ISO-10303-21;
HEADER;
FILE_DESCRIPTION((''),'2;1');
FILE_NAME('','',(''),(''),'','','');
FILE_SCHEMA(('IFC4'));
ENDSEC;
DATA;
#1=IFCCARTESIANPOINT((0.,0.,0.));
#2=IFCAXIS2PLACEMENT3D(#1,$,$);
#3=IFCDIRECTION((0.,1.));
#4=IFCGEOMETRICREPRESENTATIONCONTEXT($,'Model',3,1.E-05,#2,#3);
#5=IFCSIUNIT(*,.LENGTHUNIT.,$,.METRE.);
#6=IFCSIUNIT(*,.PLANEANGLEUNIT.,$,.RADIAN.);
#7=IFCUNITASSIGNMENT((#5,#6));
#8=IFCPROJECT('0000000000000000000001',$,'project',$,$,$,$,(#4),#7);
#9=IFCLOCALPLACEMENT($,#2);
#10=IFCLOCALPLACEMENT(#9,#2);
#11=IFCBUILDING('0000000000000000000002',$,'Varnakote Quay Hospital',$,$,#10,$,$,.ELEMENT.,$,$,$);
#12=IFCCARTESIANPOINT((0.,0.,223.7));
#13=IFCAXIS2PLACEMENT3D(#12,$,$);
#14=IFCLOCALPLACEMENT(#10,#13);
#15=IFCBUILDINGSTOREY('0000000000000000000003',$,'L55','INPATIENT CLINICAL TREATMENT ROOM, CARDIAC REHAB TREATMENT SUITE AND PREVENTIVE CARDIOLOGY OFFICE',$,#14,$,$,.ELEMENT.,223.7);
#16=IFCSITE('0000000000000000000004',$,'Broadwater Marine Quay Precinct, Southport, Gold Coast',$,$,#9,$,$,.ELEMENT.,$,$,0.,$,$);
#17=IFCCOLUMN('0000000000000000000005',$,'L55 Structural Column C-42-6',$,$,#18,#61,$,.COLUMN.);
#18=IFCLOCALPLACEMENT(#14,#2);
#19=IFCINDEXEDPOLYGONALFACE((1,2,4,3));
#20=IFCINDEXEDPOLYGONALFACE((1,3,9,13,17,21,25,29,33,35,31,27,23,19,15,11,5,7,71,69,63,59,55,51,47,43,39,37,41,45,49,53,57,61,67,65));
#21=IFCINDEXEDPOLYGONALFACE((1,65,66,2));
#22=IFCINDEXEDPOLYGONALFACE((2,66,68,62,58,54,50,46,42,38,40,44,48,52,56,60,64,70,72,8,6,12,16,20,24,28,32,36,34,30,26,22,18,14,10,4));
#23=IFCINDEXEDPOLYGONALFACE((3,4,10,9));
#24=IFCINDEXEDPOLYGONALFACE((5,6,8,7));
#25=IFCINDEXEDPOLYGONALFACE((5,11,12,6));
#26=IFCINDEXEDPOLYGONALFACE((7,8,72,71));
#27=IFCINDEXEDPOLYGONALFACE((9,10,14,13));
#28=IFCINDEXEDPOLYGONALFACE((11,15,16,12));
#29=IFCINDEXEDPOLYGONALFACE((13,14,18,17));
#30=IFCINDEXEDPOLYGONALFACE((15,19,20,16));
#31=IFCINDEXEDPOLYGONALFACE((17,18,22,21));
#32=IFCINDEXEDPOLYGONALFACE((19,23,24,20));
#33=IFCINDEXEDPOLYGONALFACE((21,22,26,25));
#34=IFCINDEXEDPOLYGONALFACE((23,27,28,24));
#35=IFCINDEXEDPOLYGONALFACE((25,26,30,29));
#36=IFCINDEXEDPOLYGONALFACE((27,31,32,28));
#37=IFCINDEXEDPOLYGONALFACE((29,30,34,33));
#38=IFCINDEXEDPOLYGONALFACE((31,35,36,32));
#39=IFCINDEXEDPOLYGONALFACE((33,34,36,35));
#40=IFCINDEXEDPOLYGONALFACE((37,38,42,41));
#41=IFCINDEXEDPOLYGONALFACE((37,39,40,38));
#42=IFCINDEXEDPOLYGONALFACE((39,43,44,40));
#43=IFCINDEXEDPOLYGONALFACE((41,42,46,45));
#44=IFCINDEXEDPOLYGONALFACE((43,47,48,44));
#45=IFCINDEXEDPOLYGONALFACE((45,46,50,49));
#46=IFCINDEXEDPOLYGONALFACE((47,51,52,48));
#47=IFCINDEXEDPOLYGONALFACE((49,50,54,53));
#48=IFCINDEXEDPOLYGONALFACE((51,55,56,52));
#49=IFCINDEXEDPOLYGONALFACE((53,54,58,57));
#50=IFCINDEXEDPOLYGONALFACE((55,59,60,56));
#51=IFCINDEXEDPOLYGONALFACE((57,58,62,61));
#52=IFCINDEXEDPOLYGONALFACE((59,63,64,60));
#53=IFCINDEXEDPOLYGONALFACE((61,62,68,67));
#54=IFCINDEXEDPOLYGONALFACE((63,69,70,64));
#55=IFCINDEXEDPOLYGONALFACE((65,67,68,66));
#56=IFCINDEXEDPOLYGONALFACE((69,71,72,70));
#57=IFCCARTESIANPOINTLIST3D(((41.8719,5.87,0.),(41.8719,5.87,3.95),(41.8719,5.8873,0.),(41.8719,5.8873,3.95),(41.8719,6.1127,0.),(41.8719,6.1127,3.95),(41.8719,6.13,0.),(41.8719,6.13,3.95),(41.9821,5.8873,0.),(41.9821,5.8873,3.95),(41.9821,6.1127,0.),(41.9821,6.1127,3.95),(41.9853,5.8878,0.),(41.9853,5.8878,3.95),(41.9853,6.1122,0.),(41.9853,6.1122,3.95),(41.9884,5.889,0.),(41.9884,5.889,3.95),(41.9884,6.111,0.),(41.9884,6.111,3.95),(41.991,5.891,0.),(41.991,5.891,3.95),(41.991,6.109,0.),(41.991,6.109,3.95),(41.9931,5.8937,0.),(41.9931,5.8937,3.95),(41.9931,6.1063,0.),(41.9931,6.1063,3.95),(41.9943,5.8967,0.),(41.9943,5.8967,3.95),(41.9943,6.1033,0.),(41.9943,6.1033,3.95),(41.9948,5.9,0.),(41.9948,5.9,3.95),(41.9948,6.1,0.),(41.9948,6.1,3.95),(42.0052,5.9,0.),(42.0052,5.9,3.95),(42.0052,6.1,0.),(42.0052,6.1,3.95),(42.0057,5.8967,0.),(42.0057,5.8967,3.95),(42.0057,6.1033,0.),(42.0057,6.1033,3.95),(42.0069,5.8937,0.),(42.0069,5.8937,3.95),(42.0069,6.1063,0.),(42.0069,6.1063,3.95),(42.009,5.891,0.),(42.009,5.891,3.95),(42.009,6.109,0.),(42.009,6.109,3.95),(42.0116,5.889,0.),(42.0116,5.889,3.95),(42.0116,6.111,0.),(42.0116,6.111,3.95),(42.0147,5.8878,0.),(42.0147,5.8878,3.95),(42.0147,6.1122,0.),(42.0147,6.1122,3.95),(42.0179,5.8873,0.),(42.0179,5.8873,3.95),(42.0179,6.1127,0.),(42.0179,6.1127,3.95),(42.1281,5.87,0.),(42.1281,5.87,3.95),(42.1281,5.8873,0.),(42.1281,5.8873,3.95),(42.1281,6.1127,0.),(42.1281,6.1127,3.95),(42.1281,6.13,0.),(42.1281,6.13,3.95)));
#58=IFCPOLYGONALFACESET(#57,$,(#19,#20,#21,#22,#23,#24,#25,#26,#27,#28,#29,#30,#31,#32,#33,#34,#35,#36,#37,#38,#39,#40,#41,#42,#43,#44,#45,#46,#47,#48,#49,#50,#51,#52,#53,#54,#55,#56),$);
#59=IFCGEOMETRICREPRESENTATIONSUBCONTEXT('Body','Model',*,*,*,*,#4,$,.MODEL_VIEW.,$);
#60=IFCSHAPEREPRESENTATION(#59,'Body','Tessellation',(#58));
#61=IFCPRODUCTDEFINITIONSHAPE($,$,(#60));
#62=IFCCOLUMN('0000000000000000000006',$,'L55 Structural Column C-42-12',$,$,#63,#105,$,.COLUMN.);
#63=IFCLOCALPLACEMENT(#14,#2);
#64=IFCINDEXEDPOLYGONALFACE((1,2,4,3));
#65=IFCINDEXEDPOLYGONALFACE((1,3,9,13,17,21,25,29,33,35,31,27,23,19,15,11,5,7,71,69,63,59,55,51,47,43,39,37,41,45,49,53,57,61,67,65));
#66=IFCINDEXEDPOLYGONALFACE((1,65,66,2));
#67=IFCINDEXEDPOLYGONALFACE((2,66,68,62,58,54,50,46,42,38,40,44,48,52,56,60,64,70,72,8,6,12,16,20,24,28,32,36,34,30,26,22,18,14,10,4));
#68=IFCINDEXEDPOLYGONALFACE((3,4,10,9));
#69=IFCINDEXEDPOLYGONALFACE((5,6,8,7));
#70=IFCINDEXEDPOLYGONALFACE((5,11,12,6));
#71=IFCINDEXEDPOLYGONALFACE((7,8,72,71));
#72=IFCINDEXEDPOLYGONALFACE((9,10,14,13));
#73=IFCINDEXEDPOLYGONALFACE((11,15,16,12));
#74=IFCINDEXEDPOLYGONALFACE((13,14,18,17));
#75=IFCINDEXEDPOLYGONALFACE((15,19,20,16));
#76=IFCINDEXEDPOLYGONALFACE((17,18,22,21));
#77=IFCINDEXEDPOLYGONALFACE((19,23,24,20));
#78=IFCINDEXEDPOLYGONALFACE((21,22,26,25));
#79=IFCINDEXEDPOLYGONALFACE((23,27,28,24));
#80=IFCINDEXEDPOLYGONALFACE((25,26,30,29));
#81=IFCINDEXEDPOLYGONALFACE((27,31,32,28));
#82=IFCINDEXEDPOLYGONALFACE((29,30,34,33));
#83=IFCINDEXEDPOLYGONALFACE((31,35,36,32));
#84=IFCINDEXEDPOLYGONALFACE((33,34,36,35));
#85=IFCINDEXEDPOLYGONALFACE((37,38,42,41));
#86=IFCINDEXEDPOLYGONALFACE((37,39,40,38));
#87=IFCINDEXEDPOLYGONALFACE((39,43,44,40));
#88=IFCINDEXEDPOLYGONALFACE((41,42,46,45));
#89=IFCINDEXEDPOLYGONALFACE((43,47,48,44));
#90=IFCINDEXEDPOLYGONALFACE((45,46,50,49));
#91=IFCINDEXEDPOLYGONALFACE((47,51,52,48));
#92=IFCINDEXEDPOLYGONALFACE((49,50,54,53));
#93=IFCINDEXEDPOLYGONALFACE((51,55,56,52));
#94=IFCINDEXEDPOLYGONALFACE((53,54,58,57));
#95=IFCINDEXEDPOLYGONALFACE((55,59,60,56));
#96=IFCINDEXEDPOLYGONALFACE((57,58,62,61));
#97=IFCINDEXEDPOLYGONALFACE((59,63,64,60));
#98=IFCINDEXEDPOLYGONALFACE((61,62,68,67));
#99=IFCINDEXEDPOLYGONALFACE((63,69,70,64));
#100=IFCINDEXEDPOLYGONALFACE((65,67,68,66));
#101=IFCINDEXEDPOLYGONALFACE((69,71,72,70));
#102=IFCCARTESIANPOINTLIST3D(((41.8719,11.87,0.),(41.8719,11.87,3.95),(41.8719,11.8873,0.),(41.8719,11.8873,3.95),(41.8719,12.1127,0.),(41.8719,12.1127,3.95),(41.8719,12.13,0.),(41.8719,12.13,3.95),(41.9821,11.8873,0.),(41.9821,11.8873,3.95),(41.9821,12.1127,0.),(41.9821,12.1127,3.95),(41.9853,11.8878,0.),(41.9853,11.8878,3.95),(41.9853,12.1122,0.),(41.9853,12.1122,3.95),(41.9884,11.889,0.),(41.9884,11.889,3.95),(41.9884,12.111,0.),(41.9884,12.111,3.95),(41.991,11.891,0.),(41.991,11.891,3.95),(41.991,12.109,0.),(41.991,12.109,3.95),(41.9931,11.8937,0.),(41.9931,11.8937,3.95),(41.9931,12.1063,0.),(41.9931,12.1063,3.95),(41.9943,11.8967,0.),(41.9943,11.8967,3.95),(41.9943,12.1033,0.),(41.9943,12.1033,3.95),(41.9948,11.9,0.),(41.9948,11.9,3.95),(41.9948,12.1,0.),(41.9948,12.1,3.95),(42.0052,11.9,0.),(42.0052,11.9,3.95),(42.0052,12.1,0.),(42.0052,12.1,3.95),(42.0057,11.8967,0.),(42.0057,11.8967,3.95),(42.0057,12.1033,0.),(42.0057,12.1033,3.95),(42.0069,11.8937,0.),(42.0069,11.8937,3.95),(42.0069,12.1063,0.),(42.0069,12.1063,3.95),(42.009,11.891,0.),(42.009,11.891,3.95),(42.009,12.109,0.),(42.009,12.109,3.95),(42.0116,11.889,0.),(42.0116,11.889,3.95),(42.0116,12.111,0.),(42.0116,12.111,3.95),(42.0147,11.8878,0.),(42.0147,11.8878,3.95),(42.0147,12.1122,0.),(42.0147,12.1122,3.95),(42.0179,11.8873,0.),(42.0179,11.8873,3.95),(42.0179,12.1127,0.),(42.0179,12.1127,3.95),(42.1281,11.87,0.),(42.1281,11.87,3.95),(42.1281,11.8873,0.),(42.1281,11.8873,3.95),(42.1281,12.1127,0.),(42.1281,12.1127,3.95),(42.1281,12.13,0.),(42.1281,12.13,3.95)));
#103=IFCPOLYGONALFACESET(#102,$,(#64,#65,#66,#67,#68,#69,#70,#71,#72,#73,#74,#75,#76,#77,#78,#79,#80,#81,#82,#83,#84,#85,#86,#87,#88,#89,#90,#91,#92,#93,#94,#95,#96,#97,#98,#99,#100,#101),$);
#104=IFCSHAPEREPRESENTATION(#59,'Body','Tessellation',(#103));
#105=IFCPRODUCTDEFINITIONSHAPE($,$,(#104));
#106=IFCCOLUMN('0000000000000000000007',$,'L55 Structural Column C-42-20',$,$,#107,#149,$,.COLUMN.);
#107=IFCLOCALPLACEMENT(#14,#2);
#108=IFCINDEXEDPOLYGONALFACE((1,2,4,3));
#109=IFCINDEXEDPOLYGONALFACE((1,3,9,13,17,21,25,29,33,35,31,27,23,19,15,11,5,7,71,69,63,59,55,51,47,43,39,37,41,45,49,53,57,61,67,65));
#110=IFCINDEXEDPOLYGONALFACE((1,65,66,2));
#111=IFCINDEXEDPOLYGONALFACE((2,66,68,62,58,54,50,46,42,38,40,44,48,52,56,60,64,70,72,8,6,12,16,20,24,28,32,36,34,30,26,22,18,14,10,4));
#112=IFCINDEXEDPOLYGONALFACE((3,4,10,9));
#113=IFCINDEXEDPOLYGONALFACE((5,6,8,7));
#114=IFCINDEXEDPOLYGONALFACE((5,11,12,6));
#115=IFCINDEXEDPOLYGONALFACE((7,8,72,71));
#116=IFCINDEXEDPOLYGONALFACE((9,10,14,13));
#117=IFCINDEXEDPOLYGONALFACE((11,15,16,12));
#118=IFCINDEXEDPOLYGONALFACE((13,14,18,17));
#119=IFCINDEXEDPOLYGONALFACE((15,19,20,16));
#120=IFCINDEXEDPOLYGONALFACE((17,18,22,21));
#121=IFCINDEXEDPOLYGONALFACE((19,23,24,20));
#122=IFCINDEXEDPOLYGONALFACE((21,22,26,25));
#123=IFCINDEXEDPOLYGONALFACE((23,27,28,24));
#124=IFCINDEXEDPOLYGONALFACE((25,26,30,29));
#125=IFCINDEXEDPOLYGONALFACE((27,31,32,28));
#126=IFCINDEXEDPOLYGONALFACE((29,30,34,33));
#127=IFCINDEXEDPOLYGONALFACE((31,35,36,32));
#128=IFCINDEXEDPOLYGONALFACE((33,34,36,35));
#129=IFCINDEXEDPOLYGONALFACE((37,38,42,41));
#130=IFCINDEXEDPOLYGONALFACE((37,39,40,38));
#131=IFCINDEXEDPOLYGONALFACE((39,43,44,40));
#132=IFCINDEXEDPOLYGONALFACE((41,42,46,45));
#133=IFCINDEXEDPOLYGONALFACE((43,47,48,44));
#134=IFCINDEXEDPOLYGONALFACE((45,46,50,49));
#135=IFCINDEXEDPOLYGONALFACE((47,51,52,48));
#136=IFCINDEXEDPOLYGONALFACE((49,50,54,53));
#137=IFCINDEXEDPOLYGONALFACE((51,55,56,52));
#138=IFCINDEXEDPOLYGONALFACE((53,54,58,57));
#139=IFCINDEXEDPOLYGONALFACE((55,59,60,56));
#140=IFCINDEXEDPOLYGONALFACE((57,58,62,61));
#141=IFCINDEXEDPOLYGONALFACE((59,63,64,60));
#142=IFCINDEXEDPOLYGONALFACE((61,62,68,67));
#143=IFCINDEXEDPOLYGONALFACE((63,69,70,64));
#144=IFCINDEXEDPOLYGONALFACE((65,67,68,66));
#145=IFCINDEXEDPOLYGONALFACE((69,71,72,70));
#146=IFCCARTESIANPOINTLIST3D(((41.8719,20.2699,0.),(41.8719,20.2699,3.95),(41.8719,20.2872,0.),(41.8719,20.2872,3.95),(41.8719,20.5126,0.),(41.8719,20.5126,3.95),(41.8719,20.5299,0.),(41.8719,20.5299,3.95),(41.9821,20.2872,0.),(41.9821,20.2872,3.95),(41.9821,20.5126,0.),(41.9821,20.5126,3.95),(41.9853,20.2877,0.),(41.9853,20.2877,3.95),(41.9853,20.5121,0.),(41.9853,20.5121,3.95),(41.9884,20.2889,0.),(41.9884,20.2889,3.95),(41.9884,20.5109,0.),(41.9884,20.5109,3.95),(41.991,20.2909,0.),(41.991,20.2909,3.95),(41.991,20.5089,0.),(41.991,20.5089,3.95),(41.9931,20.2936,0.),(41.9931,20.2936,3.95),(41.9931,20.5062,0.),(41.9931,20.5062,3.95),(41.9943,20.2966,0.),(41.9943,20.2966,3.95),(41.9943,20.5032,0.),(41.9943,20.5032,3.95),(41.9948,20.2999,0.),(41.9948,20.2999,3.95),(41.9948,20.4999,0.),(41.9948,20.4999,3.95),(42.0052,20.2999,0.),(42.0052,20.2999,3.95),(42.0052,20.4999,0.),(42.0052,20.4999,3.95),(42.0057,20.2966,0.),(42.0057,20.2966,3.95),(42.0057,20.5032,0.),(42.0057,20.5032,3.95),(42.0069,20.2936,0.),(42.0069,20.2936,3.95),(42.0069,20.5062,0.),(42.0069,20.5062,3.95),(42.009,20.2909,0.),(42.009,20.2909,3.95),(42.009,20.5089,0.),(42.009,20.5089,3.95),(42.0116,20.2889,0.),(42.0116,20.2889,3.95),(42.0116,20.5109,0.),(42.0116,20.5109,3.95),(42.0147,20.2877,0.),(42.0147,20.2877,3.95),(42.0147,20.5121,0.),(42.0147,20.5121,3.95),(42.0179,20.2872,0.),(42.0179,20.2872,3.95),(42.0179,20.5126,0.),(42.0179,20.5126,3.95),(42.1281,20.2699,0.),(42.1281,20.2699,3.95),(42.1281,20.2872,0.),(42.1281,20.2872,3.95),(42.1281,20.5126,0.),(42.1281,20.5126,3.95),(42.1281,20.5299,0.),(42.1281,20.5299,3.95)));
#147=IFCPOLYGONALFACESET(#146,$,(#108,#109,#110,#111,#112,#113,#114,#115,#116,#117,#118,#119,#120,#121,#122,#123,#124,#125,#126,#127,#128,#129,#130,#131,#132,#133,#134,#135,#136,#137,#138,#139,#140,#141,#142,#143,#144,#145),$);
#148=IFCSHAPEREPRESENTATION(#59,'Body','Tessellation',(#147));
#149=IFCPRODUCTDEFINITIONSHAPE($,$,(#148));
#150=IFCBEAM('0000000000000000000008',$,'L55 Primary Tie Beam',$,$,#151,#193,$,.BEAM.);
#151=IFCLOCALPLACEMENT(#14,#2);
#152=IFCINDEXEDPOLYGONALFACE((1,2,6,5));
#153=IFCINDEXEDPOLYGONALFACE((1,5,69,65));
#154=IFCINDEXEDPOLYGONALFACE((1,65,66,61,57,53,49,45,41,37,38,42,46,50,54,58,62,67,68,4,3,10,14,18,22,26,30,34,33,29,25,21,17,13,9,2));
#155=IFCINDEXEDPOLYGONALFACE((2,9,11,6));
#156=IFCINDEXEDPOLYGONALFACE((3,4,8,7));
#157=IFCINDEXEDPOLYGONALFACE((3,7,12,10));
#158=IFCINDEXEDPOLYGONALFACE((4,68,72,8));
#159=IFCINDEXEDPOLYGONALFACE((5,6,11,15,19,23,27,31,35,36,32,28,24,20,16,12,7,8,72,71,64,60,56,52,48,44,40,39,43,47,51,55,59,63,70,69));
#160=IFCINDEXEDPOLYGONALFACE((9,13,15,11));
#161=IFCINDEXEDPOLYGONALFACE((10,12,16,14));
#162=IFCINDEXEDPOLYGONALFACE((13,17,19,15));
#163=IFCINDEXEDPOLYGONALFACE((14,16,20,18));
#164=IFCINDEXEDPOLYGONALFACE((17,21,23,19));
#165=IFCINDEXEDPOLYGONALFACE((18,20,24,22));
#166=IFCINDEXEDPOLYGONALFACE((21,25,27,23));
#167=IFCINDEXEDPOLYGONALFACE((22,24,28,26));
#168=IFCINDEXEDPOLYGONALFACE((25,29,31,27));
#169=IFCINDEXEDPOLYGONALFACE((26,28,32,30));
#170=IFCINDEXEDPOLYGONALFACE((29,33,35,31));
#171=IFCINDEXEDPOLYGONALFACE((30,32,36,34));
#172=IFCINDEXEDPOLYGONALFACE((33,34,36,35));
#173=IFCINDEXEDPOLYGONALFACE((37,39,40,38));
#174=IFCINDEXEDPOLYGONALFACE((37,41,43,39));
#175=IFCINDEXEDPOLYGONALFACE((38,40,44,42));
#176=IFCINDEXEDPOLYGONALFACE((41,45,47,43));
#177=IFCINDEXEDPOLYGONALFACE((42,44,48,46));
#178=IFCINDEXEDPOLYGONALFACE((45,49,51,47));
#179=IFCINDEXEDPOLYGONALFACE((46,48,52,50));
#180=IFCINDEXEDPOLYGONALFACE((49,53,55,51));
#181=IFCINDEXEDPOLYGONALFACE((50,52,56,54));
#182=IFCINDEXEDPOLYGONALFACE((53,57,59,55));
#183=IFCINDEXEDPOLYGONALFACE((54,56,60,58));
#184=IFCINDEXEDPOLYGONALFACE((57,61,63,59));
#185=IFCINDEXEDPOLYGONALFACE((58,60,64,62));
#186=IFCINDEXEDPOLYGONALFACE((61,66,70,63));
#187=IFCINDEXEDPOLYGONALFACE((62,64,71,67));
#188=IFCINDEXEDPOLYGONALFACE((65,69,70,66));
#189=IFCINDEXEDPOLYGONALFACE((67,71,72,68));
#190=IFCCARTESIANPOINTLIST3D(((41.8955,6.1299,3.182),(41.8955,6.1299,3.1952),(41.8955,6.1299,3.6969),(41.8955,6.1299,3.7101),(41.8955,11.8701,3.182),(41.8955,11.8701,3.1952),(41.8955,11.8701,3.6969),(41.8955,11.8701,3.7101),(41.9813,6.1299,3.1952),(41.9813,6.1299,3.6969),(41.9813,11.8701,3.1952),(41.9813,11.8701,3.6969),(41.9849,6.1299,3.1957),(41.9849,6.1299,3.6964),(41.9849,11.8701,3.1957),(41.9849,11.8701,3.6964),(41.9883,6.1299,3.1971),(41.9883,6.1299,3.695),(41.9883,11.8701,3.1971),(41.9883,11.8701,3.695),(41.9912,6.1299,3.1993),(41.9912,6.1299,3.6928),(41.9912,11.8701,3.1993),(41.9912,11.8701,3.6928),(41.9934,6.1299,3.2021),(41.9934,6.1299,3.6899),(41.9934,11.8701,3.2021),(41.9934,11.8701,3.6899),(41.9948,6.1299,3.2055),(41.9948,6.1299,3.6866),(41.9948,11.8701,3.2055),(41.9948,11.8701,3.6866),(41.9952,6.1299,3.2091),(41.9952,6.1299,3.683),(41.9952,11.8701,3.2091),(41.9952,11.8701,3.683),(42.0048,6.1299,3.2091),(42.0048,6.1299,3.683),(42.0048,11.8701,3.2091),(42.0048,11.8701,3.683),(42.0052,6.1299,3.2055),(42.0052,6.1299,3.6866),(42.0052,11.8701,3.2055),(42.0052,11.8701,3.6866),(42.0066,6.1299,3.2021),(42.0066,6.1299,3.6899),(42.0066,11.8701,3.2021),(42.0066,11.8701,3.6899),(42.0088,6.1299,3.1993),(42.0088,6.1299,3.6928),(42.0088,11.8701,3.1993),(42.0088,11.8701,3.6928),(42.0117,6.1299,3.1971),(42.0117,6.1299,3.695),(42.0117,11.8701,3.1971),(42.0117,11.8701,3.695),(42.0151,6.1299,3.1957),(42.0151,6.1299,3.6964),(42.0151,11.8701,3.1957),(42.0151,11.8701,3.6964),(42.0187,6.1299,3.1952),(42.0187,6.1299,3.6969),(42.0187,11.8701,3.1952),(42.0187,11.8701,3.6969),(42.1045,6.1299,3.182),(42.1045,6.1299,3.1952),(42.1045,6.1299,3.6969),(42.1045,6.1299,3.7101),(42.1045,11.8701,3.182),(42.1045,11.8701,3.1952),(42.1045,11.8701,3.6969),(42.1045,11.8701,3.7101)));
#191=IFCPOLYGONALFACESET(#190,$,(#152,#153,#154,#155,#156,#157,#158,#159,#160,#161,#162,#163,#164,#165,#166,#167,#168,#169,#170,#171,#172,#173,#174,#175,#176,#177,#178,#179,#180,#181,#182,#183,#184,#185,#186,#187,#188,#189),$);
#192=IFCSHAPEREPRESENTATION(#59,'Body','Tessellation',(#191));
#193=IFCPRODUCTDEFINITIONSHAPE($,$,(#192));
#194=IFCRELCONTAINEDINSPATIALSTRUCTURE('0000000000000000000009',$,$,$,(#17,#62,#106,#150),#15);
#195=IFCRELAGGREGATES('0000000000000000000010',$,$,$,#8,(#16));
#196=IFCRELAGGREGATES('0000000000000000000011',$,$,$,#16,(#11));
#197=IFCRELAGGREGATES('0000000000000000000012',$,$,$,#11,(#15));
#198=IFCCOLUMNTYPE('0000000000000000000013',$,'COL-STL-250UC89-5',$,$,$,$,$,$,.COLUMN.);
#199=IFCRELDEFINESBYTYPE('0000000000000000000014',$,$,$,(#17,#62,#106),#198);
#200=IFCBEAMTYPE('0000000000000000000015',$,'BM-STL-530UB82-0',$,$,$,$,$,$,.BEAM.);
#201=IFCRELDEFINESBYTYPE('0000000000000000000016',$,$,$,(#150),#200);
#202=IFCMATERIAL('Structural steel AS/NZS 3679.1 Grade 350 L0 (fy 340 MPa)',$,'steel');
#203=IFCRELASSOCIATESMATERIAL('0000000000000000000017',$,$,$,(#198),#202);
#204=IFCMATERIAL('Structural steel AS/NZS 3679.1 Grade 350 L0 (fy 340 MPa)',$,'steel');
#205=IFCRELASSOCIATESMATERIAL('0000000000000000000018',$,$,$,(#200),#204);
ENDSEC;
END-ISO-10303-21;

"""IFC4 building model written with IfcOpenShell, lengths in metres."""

from ifc_helpers import new_model, si_unit, direction, frame, origin, origin_2d, place, context, subcontext, project, spatial, i_section, extrude, material, material_profile, profile_set, type_object, element, save


model = new_model("IFC4")

# Units and contexts
model_context = context("Model", 3, precision=1e-05, world=origin(), true_north=direction((0.0, 1.0)))
body_context = subcontext(model_context, "Body", "Model", "MODEL_VIEW")
ifc_project = project(units=[si_unit("LENGTHUNIT", "METRE"), si_unit("PLANEANGLEUNIT", "RADIAN")], contexts=[model_context])

# Site, building, storey
site_placement = place(None, origin())
site = spatial("IfcSite", under=ifc_project, at=site_placement, Name="Broadwater Marine Quay Precinct, Southport, Gold Coast", CompositionType="ELEMENT", RefElevation=0.0)
building_placement = place(site_placement, origin())
building = spatial("IfcBuilding", under=site, at=building_placement, Name="Varnakote Quay Hospital", CompositionType="ELEMENT")
storey_placement = place(building_placement, frame((0.0, 0.0, 223.7)))
storey = spatial("IfcBuildingStorey", under=building, at=storey_placement, Name="L55", Description="INPATIENT CLINICAL TREATMENT ROOM, CARDIAC REHAB TREATMENT SUITE AND PREVENTIVE CARDIOLOGY OFFICE", CompositionType="ELEMENT", Elevation=223.7)

# Columns
ifc_material_1 = material(Name="Structural steel AS/NZS 3679.1 Grade 350 L0 (fy 340 MPa)", Category="steel")
ifc_material_profile_1 = material_profile(ifc_material_1, i_section(OverallWidth=0.2561, OverallDepth=0.26, WebThickness=0.0105, FlangeThickness=0.0173, FilletRadius=0.0127, at=origin_2d()), Name="250UC89.5")
ifc_profile_set_1 = profile_set([ifc_material_profile_1], Name="Structural steel AS/NZS 3679.1 Grade 350 L0 (fy 340 MPa)")
column_type = type_object("IfcColumnType", Name="COL-STL-250UC89-5", PredefinedType="COLUMN", material=ifc_profile_set_1)
for number, where, z_axis, x_axis, name in (
    (1, (42.0, 6.0, 0.0), (0.0, 0.0, 1.0), (1.0, 0.0, 0.0), "L55 Structural Column C-42-6"),
    (2, (42.0, 12.0, 0.0), (0.0, 0.0, 1.0), (1.0, 0.0, 0.0), "L55 Structural Column C-42-12"),
    (3, (42.0, 20.3999, 0.0), (0.0, 0.0, 1.0), (1.0, 0.0, 0.0), "L55 Structural Column C-42-20"),
):
    element("IfcColumn", number, at=place(storey_placement, frame(where, z_axis=z_axis, x_axis=x_axis)), inside=storey, type_object=column_type, Name=name, PredefinedType="COLUMN", context=body_context, shape_type="SweptSolid", body=[
        extrude(i_section(OverallWidth=0.2561, OverallDepth=0.26, WebThickness=0.0105, FlangeThickness=0.0173, FilletRadius=0.0127, at=origin_2d()), origin(), (0.0, 0.0, 1.0), 3.95),
    ])

# Beam
ifc_material_2 = material(Name="Structural steel AS/NZS 3679.1 Grade 350 L0 (fy 340 MPa)", Category="steel")
ifc_material_profile_2 = material_profile(ifc_material_2, i_section(OverallWidth=0.209, OverallDepth=0.5281, WebThickness=0.0095, FlangeThickness=0.0132, FilletRadius=0.0139, at=origin_2d()), Name="530UB82.0")
ifc_profile_set_2 = profile_set([ifc_material_profile_2], Name="Structural steel AS/NZS 3679.1 Grade 350 L0 (fy 340 MPa)")
beam_type_1 = type_object("IfcBeamType", Name="BM-STL-530UB82-0", PredefinedType="BEAM", material=ifc_profile_set_2)
beam_1_placement = place(storey_placement, frame((42.0, 6.1299, 3.446), z_axis=(0.0, 1.0, 0.0), x_axis=(-1.0, 0.0, 0.0)))
element("IfcBeam", 4, at=beam_1_placement, inside=storey, type_object=beam_type_1, Name="L55 Primary Tie Beam", PredefinedType="BEAM", context=body_context, shape_type="SweptSolid", body=[
    extrude(i_section(OverallWidth=0.209, OverallDepth=0.5281, WebThickness=0.0095, FlangeThickness=0.0132, FilletRadius=0.0139, at=origin_2d()), origin(), (0.0, 0.0, 1.0), 5.7402),
])

save(model, "model.ifc")
